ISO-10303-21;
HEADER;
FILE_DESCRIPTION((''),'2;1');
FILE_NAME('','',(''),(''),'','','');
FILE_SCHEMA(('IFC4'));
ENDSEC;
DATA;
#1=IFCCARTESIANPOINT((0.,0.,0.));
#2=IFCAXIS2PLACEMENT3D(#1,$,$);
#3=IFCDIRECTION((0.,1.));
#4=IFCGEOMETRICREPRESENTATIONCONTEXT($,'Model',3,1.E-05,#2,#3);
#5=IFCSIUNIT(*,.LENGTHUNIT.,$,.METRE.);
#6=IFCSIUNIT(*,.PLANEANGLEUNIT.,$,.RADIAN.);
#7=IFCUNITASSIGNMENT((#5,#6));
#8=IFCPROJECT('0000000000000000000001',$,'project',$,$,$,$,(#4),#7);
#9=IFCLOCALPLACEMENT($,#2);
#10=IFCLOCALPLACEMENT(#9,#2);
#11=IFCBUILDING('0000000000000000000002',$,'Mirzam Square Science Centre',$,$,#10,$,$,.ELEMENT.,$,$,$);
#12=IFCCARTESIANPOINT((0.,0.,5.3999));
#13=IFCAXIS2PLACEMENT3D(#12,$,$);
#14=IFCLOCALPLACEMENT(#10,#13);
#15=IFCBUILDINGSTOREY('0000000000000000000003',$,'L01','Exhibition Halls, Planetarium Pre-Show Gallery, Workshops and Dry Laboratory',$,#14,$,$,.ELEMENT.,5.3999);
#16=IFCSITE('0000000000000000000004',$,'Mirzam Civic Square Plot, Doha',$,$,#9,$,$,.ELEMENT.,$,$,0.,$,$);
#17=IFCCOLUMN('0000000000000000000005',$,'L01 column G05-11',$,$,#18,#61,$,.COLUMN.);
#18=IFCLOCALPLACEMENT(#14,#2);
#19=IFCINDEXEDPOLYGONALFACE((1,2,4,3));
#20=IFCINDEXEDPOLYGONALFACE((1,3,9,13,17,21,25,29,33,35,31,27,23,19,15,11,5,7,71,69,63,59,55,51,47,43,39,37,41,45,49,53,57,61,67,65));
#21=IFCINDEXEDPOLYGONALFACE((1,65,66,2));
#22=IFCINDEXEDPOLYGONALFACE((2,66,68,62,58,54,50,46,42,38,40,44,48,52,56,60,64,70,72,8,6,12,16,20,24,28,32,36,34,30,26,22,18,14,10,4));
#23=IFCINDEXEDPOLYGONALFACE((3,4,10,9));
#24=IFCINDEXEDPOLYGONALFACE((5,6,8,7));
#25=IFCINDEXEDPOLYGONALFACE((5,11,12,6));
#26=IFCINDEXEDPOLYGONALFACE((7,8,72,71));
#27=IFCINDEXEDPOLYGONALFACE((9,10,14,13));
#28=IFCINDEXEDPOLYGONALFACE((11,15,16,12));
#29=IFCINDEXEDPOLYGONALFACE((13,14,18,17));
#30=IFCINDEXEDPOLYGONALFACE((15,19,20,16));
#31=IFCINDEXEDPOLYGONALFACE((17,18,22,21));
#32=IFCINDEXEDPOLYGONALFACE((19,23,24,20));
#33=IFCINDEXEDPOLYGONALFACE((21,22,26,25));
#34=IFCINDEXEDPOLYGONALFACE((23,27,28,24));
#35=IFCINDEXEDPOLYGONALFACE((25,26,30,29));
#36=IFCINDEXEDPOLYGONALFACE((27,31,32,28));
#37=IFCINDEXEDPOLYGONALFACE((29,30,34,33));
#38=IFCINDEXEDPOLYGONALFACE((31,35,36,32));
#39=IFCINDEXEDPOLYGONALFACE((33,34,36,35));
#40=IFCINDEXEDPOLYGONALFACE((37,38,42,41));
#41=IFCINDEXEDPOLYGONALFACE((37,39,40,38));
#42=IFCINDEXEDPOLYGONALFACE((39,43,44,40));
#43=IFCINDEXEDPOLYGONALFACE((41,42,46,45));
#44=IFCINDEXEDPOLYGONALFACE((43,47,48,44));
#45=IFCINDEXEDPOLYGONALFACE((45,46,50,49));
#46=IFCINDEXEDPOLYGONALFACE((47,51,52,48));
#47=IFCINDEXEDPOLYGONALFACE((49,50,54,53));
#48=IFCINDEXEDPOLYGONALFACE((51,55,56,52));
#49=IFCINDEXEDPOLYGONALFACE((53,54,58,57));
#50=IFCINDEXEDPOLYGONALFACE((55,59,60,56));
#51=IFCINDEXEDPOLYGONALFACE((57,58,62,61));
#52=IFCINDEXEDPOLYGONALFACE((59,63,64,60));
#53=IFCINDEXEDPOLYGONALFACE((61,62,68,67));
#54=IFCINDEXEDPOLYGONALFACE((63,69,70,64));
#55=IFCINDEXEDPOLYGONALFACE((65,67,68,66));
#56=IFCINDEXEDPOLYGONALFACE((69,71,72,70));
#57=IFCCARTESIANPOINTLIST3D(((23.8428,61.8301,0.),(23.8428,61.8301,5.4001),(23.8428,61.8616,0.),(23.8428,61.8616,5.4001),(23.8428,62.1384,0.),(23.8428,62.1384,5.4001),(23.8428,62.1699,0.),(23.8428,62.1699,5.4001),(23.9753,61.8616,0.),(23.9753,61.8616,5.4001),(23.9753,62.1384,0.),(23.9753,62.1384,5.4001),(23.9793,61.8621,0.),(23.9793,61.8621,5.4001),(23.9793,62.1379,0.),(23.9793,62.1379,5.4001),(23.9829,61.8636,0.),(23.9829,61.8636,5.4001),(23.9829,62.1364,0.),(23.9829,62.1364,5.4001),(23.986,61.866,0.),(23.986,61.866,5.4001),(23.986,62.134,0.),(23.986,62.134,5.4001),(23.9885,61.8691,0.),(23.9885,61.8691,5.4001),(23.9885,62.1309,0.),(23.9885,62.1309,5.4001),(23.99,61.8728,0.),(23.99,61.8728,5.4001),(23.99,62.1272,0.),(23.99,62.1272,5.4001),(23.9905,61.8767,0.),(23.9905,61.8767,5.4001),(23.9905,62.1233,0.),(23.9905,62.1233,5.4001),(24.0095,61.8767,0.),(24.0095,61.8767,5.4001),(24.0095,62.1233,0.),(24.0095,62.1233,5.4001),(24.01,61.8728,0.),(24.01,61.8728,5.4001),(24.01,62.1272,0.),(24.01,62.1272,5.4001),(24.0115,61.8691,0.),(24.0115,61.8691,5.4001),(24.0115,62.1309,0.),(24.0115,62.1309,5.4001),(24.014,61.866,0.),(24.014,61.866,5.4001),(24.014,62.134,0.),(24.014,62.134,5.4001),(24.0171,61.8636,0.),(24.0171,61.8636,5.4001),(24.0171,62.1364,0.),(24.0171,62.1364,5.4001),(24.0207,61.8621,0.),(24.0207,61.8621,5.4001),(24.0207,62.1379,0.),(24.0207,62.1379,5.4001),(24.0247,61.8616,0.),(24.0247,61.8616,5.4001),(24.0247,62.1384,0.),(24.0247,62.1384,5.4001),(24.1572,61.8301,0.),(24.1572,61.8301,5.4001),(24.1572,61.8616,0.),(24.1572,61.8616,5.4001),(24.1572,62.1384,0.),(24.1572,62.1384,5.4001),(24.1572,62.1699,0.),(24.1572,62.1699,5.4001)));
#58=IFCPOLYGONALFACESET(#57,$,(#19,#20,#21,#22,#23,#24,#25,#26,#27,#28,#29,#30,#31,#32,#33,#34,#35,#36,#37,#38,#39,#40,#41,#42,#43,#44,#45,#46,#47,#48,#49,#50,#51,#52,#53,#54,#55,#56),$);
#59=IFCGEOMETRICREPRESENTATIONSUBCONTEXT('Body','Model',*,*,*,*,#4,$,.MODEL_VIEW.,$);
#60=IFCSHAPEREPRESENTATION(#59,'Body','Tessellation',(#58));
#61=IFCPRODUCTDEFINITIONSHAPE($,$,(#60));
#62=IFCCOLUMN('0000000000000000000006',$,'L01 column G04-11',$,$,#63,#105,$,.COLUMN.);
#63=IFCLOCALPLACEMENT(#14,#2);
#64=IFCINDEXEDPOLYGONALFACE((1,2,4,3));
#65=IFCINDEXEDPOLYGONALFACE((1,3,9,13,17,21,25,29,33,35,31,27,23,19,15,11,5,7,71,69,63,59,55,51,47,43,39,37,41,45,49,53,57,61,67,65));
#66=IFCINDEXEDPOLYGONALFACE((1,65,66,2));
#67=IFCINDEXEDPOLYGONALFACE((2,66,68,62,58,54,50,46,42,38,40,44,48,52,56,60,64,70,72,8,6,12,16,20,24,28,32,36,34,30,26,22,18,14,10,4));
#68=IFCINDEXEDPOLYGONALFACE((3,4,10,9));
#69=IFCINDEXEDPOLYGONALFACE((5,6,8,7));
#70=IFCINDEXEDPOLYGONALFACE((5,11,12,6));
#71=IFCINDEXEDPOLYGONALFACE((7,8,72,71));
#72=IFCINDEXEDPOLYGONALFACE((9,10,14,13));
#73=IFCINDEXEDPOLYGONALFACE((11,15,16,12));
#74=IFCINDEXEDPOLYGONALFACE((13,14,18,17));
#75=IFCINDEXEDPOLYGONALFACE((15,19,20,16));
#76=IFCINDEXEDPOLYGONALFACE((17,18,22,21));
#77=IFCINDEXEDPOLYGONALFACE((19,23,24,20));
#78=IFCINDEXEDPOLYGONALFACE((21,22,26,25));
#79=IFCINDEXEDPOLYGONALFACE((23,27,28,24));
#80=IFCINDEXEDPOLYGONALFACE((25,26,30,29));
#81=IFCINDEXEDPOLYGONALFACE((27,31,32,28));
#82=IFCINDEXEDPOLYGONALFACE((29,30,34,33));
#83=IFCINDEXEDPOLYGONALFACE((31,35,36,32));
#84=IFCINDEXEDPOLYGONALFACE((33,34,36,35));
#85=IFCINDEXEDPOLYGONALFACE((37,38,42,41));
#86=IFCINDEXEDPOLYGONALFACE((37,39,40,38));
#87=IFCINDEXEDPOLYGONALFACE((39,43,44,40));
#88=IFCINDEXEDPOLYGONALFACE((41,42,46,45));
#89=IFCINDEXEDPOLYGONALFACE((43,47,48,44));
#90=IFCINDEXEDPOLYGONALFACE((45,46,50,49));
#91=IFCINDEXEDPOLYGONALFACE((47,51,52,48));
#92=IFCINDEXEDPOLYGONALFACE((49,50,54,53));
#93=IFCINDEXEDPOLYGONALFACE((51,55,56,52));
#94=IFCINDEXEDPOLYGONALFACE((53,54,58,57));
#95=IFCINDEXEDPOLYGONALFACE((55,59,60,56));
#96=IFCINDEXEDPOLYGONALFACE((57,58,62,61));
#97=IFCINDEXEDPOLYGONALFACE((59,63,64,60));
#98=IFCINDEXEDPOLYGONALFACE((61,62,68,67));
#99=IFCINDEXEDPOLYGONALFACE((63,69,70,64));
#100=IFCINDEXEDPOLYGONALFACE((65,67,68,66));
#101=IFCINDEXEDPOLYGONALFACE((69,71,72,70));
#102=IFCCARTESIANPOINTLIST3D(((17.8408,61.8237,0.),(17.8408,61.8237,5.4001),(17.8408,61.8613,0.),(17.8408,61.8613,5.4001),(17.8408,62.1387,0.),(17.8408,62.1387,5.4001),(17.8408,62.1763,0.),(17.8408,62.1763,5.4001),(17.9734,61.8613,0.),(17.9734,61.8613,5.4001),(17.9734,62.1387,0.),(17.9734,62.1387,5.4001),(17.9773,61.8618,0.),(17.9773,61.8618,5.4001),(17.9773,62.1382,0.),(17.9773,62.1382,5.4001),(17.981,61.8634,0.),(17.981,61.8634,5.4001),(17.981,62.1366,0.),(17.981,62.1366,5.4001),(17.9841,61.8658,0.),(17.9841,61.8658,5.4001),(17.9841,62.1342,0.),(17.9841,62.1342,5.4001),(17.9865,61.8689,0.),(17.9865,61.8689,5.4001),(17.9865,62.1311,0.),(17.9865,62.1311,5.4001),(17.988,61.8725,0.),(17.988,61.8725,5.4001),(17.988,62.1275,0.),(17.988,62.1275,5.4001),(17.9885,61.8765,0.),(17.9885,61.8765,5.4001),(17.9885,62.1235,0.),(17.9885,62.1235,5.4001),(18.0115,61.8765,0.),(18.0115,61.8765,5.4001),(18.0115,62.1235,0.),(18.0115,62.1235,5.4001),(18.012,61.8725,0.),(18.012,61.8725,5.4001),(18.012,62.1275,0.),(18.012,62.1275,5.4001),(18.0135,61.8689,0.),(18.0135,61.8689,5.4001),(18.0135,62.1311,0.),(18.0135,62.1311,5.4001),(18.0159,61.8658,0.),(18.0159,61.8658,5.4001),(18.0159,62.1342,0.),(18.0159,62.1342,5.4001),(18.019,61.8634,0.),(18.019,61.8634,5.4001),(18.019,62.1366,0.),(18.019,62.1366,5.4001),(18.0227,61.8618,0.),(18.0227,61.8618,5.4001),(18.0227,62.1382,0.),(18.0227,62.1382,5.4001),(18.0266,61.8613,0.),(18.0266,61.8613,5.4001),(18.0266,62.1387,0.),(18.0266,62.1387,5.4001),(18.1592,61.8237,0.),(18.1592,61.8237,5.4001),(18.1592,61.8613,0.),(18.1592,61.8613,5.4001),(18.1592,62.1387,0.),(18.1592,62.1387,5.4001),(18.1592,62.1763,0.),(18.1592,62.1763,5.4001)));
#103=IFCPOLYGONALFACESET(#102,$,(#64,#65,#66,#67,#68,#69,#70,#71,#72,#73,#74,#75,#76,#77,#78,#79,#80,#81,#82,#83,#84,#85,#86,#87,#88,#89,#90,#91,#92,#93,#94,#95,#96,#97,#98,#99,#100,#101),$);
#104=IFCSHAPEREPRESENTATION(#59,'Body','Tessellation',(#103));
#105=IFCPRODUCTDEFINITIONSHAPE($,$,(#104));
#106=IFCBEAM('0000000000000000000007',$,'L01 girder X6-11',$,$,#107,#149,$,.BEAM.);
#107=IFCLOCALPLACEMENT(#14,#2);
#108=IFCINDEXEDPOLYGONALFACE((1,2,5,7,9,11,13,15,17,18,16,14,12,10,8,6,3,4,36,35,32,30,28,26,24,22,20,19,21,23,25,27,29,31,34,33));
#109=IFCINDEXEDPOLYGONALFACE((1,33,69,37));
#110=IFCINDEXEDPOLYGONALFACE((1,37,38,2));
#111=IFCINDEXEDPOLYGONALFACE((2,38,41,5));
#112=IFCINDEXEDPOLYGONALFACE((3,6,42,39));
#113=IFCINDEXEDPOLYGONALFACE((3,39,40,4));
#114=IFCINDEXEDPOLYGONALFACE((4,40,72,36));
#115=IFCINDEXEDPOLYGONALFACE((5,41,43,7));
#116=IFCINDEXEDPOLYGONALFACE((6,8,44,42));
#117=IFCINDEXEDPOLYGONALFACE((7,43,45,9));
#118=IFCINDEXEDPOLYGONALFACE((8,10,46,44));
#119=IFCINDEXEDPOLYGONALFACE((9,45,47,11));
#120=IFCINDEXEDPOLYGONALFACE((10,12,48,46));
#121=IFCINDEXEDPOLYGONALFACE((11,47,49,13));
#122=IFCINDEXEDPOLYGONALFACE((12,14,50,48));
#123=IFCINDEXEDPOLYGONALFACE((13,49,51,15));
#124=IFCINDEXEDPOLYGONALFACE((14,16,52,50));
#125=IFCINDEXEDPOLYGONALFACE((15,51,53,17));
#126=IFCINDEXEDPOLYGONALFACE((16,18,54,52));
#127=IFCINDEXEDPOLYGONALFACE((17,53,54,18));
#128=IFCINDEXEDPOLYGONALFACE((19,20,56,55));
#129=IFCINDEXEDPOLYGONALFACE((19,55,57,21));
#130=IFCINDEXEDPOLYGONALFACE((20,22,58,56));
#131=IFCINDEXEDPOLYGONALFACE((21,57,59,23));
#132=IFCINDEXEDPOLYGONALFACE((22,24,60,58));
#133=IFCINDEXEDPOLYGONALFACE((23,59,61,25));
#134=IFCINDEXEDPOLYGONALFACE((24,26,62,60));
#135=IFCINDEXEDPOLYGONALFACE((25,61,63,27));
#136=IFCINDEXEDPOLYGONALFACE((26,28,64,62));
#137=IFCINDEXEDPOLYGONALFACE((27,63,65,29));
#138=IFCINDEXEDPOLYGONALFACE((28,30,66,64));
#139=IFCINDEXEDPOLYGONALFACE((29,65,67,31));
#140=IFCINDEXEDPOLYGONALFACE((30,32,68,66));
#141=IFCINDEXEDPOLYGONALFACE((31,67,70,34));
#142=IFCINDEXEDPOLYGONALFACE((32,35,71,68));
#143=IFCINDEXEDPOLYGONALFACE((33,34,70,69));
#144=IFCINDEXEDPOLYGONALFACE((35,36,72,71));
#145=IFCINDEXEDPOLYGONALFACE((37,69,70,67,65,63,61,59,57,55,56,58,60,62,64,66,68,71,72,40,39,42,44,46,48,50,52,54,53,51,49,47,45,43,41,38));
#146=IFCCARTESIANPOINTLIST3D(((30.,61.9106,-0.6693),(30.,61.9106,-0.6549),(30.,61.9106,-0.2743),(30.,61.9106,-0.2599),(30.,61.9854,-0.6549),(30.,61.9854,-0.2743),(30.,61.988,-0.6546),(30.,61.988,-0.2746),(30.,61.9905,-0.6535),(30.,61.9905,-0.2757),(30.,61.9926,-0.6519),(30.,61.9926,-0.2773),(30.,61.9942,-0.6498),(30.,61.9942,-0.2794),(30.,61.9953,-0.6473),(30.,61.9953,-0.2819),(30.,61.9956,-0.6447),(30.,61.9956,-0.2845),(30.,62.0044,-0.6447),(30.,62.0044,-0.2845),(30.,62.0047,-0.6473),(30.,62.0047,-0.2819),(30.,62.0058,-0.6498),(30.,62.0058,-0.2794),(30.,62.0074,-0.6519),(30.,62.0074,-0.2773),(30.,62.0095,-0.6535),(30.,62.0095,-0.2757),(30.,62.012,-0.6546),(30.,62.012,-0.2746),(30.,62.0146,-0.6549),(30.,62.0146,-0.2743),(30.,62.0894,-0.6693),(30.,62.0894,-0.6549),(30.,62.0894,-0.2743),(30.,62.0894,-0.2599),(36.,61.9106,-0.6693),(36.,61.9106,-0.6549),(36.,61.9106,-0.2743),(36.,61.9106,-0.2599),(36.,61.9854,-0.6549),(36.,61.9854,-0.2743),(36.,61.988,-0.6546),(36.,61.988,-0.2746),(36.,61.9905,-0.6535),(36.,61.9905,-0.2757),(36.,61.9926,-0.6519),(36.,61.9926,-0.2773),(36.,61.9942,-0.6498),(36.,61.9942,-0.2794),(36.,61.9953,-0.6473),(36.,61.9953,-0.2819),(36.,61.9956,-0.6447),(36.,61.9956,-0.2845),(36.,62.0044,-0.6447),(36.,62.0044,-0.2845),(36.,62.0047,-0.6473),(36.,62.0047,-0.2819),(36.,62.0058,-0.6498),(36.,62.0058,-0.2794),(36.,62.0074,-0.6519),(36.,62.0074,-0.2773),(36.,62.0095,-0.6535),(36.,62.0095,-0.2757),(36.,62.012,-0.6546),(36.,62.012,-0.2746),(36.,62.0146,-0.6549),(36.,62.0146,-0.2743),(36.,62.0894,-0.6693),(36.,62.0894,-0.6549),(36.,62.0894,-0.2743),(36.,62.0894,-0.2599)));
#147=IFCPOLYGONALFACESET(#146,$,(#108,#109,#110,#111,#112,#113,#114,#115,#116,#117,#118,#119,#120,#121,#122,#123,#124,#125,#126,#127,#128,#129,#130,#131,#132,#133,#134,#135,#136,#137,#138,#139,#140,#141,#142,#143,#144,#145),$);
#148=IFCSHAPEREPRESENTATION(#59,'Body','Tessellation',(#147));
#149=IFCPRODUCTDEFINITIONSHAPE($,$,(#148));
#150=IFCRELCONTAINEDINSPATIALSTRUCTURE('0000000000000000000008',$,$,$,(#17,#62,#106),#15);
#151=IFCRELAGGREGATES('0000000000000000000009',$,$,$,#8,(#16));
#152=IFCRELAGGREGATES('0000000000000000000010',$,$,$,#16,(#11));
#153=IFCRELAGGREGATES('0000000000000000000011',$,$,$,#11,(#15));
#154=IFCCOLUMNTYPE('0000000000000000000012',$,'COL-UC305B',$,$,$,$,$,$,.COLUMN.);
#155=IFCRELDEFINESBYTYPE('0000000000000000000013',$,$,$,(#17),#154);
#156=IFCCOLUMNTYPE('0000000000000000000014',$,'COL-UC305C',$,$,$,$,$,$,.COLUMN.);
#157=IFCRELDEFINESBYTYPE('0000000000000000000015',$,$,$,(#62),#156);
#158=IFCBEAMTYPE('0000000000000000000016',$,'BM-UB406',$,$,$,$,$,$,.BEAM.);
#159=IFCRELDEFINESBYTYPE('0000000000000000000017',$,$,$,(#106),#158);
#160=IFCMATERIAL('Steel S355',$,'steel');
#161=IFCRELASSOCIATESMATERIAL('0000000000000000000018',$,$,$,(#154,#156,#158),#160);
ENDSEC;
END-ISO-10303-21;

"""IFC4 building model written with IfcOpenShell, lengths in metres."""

from ifc_helpers import new_model, si_unit, direction, frame, origin, origin_2d, place, context, subcontext, project, spatial, i_section, extrude, material, material_profile, profile_set, type_object, element, save


model = new_model("IFC4")

# Units and contexts
model_context = context("Model", 3, precision=1e-05, world=origin(), true_north=direction((0.0, 1.0)))
body_context = subcontext(model_context, "Body", "Model", "MODEL_VIEW")
ifc_project = project(units=[si_unit("LENGTHUNIT", "METRE"), si_unit("PLANEANGLEUNIT", "RADIAN")], contexts=[model_context])

# Site, building, storey
site_placement = place(None, origin())
site = spatial("IfcSite", under=ifc_project, at=site_placement, Name="Mirzam Civic Square Plot, Doha", CompositionType="ELEMENT", RefElevation=0.0)
building_placement = place(site_placement, origin())
building = spatial("IfcBuilding", under=site, at=building_placement, Name="Mirzam Square Science Centre", CompositionType="ELEMENT")
storey_placement = place(building_placement, frame((0.0, 0.0, 5.3999)))
storey = spatial("IfcBuildingStorey", under=building, at=storey_placement, Name="L01", Description="Exhibition Halls, Planetarium Pre-Show Gallery, Workshops and Dry Laboratory", CompositionType="ELEMENT", Elevation=5.3999)

# Columns
ifc_material_1 = material(Name="Steel S355", Category="steel")
ifc_material_profile_1 = material_profile(ifc_material_1, i_section(OverallWidth=0.3145, OverallDepth=0.3398, WebThickness=0.019, FlangeThickness=0.0315, FilletRadius=0.0151, at=origin_2d()), Name="305x305x198UC")
ifc_profile_set_1 = profile_set([ifc_material_profile_1], Name="Steel S355")
column_type_1 = type_object("IfcColumnType", Name="COL-UC305B", PredefinedType="COLUMN", material=ifc_profile_set_1)
column_1_placement = place(storey_placement, frame((24.0, 62.0, 0.0), z_axis=(0.0, 0.0, 1.0), x_axis=(1.0, 0.0, 0.0)))
element("IfcColumn", 1, at=column_1_placement, inside=storey, type_object=column_type_1, Name="L01 column G05-11", PredefinedType="COLUMN", context=body_context, shape_type="SweptSolid", body=[
    extrude(i_section(OverallWidth=0.3145, OverallDepth=0.3398, WebThickness=0.019, FlangeThickness=0.0315, FilletRadius=0.0151, at=origin_2d()), origin(), (0.0, 0.0, 1.0), 5.4001),
])
ifc_material_profile_2 = material_profile(ifc_material_1, i_section(OverallWidth=0.3184, OverallDepth=0.3525, WebThickness=0.0229, FlangeThickness=0.0376, FilletRadius=0.0151, at=origin_2d()), Name="305x305x240UC")
ifc_profile_set_2 = profile_set([ifc_material_profile_2], Name="Steel S355")
column_type_2 = type_object("IfcColumnType", Name="COL-UC305C", PredefinedType="COLUMN", material=ifc_profile_set_2)
column_2_placement = place(storey_placement, frame((18.0, 62.0, 0.0), z_axis=(0.0, 0.0, 1.0), x_axis=(1.0, 0.0, 0.0)))
element("IfcColumn", 2, at=column_2_placement, inside=storey, type_object=column_type_2, Name="L01 column G04-11", PredefinedType="COLUMN", context=body_context, shape_type="SweptSolid", body=[
    extrude(i_section(OverallWidth=0.3184, OverallDepth=0.3525, WebThickness=0.0229, FlangeThickness=0.0376, FilletRadius=0.0151, at=origin_2d()), origin(), (0.0, 0.0, 1.0), 5.4001),
])

# Beam
ifc_material_profile_3 = material_profile(ifc_material_1, i_section(OverallWidth=0.1787, OverallDepth=0.4094, WebThickness=0.0088, FlangeThickness=0.0144, FilletRadius=0.0103, at=origin_2d()), Name="406x178x67UB")
ifc_profile_set_3 = profile_set([ifc_material_profile_3], Name="Steel S355")
beam_type_1 = type_object("IfcBeamType", Name="BM-UB406", PredefinedType="BEAM", material=ifc_profile_set_3)
beam_1_placement = place(storey_placement, frame((30.0, 62.0, -0.4646), z_axis=(1.0, 0.0, 0.0), x_axis=(0.0, 1.0, 0.0)))
element("IfcBeam", 3, at=beam_1_placement, inside=storey, type_object=beam_type_1, Name="L01 girder X6-11", PredefinedType="BEAM", context=body_context, shape_type="SweptSolid", body=[
    extrude(i_section(OverallWidth=0.1787, OverallDepth=0.4094, WebThickness=0.0088, FlangeThickness=0.0144, FilletRadius=0.0103, at=origin_2d()), origin(), (0.0, 0.0, 1.0), 6.0),
])

save(model, "model.ifc")
